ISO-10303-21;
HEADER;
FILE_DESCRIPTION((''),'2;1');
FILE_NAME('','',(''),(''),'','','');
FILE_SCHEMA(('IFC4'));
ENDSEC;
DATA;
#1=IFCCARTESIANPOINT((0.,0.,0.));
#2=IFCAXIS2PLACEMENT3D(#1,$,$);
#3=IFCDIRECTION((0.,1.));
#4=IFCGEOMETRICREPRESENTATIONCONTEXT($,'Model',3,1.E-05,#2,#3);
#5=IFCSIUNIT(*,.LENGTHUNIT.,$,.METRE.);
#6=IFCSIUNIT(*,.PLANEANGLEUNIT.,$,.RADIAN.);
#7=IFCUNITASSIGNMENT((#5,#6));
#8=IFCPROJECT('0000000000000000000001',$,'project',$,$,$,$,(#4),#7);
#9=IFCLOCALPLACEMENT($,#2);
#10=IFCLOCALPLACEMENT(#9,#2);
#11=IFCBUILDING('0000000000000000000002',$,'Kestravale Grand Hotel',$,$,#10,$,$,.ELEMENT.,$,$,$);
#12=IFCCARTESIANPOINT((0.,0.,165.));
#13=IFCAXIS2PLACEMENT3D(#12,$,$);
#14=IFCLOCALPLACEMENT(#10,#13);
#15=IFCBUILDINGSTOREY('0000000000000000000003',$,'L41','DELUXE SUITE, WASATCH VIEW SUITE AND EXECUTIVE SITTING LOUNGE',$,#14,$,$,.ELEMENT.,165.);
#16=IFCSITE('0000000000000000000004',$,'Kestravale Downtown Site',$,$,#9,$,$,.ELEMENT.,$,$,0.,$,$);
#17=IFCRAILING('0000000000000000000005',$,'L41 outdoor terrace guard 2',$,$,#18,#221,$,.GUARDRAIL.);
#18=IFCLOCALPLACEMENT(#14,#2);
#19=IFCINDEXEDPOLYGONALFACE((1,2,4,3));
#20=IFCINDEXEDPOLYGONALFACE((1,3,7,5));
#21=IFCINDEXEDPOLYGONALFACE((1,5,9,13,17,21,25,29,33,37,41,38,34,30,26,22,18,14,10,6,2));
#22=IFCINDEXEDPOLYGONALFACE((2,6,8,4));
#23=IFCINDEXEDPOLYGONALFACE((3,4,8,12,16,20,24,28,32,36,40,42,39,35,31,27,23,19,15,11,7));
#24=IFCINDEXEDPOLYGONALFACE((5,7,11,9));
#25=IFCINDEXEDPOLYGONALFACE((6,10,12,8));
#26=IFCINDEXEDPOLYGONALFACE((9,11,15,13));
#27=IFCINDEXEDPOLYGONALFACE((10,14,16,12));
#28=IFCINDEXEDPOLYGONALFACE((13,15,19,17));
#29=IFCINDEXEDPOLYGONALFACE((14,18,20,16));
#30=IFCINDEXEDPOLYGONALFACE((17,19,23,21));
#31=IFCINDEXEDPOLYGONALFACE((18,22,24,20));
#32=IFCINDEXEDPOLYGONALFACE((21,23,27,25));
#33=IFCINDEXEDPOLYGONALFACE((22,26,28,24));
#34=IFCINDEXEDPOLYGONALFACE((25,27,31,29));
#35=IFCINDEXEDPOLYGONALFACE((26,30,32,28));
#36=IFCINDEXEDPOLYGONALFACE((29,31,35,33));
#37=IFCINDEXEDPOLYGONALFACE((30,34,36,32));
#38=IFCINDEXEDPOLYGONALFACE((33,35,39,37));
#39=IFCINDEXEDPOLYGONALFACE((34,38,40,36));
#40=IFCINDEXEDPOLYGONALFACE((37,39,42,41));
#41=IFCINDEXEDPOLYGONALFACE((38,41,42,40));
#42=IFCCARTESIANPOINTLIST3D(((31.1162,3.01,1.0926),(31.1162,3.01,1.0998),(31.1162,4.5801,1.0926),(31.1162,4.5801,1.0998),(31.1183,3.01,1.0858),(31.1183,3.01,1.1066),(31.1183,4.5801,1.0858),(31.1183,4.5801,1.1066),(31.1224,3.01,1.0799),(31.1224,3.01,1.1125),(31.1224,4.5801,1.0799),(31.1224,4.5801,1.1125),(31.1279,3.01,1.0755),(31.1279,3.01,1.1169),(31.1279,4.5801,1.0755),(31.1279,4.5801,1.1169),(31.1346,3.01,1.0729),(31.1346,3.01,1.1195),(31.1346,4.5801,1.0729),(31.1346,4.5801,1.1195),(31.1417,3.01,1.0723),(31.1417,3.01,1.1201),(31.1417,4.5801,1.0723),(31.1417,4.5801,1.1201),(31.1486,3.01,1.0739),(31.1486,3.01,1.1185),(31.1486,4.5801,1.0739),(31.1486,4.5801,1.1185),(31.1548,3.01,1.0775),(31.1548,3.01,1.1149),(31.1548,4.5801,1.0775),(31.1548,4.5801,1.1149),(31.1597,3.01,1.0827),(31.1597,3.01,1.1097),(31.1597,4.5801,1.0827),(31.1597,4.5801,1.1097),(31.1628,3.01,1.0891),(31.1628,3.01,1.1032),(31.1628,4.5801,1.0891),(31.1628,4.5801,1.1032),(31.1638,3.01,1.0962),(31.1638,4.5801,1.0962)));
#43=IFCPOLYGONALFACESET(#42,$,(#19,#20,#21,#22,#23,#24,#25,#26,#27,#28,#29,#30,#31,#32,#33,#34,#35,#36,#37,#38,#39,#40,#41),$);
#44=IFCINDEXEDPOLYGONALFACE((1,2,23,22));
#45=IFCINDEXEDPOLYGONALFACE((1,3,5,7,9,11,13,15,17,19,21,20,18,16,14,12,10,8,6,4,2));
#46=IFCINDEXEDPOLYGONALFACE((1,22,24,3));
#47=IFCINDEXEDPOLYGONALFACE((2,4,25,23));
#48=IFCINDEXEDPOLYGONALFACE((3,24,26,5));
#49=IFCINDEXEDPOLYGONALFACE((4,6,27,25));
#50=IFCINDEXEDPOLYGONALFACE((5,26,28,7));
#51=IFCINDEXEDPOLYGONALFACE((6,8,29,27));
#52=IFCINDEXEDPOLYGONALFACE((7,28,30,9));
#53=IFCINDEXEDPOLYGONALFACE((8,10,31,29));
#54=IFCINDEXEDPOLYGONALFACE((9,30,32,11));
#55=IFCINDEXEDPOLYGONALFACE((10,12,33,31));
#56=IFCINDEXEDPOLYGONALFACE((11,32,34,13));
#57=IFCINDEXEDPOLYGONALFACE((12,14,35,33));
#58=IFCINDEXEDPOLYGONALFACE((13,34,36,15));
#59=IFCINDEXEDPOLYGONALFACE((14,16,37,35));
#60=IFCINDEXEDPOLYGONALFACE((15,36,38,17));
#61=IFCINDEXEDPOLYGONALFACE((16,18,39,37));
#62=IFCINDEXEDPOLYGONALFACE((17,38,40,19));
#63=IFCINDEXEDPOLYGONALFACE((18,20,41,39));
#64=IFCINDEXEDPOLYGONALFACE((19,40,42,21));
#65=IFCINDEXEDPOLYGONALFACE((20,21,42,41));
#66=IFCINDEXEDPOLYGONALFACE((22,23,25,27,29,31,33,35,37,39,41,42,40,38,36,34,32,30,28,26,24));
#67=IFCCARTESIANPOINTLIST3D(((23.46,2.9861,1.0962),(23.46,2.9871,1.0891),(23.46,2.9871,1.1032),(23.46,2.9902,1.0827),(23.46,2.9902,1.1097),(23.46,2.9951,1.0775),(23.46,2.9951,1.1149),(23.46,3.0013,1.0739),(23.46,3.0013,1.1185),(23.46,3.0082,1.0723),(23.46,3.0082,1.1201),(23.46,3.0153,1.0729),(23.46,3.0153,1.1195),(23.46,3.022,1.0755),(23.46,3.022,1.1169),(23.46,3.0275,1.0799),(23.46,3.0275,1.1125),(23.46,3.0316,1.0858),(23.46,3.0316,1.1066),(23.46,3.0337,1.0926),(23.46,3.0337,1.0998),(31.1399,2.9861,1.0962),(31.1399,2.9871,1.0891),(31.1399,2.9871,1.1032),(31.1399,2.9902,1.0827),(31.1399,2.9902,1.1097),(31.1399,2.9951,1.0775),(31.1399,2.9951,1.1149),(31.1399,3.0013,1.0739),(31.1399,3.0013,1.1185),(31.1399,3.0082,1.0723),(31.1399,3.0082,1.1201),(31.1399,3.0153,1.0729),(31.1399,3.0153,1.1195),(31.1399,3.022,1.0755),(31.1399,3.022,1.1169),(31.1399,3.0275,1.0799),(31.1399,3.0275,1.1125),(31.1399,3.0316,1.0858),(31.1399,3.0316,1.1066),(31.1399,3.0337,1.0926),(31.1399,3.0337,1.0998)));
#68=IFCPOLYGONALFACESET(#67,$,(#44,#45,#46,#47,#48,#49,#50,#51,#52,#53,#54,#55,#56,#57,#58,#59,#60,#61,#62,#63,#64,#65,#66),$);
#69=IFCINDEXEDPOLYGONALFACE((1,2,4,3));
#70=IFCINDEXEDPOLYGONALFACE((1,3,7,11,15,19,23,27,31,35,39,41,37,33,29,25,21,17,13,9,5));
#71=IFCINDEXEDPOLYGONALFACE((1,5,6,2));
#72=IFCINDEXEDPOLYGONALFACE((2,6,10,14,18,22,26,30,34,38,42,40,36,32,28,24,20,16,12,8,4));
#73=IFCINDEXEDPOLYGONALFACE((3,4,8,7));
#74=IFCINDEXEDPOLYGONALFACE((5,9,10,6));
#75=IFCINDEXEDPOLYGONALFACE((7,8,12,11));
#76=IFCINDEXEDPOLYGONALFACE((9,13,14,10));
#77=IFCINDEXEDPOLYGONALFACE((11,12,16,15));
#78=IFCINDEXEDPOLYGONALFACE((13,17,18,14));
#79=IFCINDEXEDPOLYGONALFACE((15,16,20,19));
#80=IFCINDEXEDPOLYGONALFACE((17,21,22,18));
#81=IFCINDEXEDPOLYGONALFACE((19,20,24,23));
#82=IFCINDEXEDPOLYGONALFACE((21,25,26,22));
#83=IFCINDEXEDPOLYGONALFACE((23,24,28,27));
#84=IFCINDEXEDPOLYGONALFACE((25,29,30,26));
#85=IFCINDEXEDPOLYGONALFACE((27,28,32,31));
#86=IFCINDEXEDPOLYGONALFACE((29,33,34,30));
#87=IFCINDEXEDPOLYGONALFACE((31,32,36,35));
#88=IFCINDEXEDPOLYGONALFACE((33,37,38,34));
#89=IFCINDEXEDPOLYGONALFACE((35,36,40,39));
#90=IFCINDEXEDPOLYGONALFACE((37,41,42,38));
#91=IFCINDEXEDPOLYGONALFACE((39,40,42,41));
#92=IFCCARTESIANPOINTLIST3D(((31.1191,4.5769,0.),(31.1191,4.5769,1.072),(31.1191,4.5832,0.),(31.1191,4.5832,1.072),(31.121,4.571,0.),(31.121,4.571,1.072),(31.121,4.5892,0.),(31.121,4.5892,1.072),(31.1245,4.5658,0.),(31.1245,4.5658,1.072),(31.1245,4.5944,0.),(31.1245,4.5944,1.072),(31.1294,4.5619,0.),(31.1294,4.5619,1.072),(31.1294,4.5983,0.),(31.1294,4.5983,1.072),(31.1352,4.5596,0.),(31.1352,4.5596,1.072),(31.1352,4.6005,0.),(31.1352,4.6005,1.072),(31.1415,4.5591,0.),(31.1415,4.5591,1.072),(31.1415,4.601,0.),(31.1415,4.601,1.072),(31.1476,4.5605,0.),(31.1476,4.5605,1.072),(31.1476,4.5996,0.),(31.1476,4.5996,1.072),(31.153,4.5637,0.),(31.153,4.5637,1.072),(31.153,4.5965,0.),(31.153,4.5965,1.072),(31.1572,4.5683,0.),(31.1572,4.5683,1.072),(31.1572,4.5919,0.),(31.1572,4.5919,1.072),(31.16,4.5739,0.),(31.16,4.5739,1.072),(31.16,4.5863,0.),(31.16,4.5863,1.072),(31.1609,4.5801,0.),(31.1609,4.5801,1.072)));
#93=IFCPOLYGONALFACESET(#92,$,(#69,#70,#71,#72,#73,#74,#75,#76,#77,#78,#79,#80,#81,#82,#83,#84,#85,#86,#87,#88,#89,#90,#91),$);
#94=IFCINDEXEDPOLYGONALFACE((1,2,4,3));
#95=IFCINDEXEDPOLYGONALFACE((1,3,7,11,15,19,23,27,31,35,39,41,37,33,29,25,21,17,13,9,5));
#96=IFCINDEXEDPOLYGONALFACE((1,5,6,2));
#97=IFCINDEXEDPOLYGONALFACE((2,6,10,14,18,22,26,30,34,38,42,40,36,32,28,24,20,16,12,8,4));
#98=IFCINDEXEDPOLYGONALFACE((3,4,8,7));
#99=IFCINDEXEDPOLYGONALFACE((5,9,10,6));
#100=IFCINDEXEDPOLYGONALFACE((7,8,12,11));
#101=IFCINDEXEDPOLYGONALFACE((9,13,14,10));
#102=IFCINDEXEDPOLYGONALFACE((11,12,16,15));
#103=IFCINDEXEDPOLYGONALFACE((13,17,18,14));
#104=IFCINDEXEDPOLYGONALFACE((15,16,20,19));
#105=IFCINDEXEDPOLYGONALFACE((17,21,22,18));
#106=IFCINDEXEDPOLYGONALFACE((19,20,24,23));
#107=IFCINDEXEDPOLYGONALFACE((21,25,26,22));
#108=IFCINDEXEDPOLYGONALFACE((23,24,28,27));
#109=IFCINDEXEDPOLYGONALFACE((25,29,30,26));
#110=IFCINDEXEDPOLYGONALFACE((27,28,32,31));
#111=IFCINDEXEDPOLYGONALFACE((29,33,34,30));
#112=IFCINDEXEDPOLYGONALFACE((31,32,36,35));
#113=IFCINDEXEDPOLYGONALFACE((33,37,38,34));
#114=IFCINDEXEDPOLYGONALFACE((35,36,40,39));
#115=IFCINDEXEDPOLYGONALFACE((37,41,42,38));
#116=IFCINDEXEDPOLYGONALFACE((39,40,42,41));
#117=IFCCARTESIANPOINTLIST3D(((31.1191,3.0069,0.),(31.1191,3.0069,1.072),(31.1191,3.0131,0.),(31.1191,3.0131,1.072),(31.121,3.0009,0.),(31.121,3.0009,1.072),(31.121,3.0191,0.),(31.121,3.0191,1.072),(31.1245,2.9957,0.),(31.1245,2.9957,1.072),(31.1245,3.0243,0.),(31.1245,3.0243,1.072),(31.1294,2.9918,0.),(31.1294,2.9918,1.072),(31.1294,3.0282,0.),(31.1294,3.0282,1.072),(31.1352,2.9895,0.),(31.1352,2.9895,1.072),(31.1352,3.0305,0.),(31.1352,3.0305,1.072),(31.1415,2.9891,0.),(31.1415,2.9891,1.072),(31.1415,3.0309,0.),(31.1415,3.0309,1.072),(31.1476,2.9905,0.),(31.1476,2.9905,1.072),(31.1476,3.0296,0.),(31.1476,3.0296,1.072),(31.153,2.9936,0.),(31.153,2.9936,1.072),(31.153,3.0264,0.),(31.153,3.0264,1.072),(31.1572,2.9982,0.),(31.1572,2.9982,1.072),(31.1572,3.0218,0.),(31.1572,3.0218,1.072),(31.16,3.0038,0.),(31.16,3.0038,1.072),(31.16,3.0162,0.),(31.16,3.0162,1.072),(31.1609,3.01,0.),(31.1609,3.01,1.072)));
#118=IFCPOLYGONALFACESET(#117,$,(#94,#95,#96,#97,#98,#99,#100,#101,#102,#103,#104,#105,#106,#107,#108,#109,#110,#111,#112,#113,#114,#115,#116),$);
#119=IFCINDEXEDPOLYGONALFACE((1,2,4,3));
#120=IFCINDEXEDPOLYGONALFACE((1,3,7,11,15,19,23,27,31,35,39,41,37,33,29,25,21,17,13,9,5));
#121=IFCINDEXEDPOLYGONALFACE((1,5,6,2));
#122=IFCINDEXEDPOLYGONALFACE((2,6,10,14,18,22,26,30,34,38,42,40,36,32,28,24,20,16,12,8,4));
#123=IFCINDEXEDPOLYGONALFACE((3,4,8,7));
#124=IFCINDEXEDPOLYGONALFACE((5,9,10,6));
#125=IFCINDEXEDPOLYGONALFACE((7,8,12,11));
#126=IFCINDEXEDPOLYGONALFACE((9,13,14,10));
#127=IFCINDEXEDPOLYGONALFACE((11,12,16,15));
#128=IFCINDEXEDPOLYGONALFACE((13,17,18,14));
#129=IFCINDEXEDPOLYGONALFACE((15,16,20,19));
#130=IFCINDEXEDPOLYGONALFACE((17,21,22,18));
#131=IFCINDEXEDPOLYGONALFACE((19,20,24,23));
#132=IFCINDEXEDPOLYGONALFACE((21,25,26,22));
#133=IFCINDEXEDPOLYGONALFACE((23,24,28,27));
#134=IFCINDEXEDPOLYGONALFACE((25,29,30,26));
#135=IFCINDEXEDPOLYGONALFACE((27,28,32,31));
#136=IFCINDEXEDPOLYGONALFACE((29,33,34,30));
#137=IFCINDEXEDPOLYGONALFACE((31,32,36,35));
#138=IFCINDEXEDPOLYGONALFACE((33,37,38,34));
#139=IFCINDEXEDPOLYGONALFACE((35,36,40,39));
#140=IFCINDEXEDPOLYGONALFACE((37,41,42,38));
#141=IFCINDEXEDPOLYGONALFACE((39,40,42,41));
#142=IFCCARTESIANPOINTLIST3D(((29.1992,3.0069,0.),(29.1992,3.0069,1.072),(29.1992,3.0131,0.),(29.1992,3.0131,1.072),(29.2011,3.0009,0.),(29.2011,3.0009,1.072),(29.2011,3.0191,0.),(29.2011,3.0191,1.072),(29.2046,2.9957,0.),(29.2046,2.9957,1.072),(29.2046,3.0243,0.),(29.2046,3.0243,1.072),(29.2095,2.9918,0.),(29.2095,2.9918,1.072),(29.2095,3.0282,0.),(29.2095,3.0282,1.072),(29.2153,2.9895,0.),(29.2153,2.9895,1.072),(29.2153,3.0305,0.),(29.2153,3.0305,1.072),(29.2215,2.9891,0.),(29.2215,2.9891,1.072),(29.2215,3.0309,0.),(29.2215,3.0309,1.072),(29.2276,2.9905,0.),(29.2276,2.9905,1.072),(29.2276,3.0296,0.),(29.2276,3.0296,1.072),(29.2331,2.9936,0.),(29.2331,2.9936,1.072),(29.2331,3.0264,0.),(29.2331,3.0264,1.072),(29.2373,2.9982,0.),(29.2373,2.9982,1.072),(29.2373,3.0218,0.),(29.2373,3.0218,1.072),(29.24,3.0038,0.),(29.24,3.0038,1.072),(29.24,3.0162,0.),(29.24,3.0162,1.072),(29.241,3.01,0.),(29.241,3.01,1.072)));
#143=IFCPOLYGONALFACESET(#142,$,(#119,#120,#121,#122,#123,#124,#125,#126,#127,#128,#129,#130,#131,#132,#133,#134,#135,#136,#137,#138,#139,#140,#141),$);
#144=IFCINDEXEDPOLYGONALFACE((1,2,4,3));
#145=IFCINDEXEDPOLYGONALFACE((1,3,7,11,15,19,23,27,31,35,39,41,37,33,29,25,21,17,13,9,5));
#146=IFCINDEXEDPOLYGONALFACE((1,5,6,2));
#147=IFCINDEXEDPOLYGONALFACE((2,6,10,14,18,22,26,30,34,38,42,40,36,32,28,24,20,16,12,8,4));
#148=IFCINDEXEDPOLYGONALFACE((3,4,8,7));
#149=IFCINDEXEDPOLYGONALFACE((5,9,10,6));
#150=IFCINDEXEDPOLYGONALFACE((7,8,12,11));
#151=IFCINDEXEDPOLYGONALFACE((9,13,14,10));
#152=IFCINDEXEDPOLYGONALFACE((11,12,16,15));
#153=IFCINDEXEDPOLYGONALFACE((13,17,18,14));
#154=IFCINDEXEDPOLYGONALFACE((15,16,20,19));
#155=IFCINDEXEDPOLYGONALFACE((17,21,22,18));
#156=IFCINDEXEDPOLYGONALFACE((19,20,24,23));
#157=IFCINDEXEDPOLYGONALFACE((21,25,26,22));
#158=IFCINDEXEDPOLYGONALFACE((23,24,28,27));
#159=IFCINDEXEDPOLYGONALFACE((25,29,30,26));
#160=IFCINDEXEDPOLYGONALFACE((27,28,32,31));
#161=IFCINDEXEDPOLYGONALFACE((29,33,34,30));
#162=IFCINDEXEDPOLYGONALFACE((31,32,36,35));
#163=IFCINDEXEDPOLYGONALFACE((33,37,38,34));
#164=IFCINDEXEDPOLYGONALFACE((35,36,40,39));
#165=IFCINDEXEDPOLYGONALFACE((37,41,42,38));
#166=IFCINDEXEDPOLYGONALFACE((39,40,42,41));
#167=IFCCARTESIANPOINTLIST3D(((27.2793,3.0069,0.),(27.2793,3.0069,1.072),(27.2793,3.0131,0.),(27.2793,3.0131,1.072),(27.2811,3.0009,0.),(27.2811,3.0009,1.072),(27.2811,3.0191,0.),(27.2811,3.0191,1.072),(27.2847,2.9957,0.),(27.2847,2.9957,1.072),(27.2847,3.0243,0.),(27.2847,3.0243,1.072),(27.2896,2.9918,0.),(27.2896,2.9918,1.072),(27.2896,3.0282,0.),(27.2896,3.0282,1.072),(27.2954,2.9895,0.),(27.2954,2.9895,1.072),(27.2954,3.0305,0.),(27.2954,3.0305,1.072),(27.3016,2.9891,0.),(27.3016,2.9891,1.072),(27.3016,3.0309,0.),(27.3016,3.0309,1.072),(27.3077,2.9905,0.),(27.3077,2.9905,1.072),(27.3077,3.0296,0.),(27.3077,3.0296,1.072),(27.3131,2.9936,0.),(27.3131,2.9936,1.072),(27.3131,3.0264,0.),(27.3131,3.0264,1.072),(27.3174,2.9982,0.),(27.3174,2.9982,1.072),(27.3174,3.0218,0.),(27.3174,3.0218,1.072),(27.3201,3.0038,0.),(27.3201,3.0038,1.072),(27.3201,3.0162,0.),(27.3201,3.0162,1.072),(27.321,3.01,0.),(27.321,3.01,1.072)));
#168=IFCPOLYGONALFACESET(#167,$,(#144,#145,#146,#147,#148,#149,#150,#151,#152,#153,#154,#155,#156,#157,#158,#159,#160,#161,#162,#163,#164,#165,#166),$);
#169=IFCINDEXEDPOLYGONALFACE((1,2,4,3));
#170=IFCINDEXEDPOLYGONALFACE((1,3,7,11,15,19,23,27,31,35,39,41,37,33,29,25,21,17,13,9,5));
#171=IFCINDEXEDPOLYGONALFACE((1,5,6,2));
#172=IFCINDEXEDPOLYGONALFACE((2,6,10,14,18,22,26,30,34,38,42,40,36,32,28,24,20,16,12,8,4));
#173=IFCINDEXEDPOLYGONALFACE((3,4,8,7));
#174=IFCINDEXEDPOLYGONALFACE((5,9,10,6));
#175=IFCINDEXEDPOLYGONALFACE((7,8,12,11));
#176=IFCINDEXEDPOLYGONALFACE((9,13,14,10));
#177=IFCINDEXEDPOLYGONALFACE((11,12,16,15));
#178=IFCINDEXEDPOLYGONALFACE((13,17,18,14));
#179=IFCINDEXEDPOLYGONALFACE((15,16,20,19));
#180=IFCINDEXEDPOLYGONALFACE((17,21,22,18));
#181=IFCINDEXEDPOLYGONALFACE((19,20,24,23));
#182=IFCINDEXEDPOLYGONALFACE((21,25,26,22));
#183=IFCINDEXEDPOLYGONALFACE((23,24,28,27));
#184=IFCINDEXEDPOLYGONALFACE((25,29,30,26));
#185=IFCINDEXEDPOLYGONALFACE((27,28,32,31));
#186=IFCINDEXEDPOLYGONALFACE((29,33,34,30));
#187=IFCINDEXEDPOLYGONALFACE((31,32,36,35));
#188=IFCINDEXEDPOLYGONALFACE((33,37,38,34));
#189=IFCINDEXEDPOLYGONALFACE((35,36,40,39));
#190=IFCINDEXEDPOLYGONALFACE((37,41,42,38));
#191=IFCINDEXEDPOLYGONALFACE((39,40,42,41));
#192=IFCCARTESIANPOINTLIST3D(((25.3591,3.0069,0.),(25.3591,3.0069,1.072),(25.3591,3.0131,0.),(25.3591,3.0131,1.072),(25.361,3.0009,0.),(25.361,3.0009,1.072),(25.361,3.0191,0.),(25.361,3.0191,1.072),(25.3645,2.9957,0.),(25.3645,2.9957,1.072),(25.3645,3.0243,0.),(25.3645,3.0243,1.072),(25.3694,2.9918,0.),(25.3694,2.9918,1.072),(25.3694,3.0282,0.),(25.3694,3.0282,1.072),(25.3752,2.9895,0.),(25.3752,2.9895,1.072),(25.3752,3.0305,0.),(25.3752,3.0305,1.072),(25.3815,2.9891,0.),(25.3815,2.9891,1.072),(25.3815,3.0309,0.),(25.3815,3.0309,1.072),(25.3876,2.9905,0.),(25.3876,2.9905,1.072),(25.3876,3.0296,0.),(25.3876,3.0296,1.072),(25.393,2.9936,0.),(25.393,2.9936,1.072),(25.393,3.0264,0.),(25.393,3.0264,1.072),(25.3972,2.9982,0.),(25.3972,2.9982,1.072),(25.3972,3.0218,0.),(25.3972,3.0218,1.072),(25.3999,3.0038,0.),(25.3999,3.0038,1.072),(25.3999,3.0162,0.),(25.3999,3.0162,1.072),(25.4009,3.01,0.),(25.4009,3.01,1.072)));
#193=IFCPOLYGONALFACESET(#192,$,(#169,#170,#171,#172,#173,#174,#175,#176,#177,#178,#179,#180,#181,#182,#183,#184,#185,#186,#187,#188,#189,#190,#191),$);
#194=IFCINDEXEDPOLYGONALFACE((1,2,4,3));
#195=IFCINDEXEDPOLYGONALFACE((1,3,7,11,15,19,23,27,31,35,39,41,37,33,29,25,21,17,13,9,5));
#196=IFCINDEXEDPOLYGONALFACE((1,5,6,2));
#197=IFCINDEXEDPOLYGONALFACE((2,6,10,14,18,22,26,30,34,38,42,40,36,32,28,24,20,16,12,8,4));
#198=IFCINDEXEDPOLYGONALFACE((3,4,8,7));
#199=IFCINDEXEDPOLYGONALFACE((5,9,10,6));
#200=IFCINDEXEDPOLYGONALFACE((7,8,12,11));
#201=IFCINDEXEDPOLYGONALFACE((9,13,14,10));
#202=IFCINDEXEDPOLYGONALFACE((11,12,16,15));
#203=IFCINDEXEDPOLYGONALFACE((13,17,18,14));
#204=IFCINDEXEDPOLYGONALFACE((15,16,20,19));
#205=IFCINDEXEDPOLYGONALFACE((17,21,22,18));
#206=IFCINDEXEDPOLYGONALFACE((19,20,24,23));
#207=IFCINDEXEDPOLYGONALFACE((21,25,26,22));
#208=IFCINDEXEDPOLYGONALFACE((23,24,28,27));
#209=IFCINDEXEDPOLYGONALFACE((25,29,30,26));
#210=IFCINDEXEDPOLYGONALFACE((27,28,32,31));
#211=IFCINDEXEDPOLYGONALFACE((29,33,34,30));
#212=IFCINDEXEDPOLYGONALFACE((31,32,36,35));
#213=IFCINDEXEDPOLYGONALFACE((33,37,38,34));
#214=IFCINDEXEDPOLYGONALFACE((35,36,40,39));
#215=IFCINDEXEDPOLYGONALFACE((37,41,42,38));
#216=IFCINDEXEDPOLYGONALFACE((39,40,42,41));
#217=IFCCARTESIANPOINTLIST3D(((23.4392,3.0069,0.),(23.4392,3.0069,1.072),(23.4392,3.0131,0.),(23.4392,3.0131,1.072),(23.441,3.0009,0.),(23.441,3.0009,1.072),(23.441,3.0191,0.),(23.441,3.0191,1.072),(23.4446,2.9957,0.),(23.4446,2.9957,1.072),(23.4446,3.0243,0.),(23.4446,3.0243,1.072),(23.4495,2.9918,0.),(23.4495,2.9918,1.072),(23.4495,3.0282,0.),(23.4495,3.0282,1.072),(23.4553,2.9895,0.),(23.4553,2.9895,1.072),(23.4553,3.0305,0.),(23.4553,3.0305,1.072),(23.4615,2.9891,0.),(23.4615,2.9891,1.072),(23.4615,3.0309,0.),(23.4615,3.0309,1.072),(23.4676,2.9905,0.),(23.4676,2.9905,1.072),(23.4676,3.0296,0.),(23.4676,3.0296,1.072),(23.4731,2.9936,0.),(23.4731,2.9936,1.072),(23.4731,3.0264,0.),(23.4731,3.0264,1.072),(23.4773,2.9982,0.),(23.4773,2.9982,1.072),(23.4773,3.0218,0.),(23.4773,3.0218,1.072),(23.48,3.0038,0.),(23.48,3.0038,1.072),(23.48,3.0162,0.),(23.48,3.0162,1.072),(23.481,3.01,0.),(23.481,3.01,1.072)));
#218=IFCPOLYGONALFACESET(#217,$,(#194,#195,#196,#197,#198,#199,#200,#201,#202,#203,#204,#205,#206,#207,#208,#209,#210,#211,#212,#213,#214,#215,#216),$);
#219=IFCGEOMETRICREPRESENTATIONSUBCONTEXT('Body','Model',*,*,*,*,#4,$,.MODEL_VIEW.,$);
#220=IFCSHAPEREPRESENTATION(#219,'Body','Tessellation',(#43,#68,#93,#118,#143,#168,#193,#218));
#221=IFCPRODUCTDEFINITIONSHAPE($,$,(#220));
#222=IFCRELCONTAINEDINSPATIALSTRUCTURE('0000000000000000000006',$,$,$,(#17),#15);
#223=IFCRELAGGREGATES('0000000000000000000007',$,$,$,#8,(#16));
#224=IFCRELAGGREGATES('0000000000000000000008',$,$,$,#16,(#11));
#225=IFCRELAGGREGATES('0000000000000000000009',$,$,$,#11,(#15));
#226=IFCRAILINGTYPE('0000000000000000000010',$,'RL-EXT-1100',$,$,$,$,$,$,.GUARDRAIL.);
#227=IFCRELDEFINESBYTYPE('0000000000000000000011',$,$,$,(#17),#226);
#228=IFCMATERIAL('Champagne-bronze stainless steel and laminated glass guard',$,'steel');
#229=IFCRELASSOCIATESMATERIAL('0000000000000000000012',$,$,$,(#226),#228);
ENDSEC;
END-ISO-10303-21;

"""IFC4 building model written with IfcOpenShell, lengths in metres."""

from ifc_helpers import new_model, si_unit, direction, frame, origin, origin_2d, place, context, subcontext, project, spatial, circle, extrude, material, type_object, element, save


model = new_model("IFC4")

# Units and contexts
model_context = context("Model", 3, precision=1e-05, world=origin(), true_north=direction((0.0, 1.0)))
body_context = subcontext(model_context, "Body", "Model", "MODEL_VIEW")
ifc_project = project(units=[si_unit("LENGTHUNIT", "METRE"), si_unit("PLANEANGLEUNIT", "RADIAN")], contexts=[model_context])

# Site, building, storey
site_placement = place(None, origin())
site = spatial("IfcSite", under=ifc_project, at=site_placement, Name="Kestravale Downtown Site", CompositionType="ELEMENT", RefElevation=0.0)
building_placement = place(site_placement, origin())
building = spatial("IfcBuilding", under=site, at=building_placement, Name="Kestravale Grand Hotel", CompositionType="ELEMENT")
storey_placement = place(building_placement, frame((0.0, 0.0, 165.0)))
storey = spatial("IfcBuildingStorey", under=building, at=storey_placement, Name="L41", Description="DELUXE SUITE, WASATCH VIEW SUITE AND EXECUTIVE SITTING LOUNGE", CompositionType="ELEMENT", Elevation=165.0)

# Railing
ifc_material_1 = material(Name="Champagne-bronze stainless steel and laminated glass guard", Category="steel")
railing_type = type_object("IfcRailingType", Name="RL-EXT-1100", PredefinedType="GUARDRAIL", material=ifc_material_1)
railing_1_placement = place(storey_placement, frame((31.1399, 4.5801, 0.0)))
element("IfcRailing", 1, at=railing_1_placement, inside=storey, type_object=railing_type, Name="L41 outdoor terrace guard 2", PredefinedType="GUARDRAIL", context=body_context, shape_type="SweptSolid", body=[
    extrude(circle(Radius=0.0239, at=origin_2d()), frame((0.0, 0.0, 1.0962), z_axis=(0.0, -1.0, 0.0), x_axis=(1.0, 0.0, 0.0)), (0.0, 0.0, 1.0), 1.5701),
    extrude(circle(Radius=0.0239, at=origin_2d()), frame((0.0, -1.5701, 1.0962), z_axis=(-1.0, 0.0, 0.0), x_axis=(0.0, -1.0, 0.0)), (0.0, 0.0, 1.0), 7.6799),
    extrude(circle(Radius=0.021, at=origin_2d()), origin(), (0.0, 0.0, 1.0), 1.072),
    extrude(circle(Radius=0.021, at=origin_2d()), frame((0.0, -1.5701, 0.0)), (0.0, 0.0, 1.0), 1.072),
    extrude(circle(Radius=0.021, at=origin_2d()), frame((-1.9199, -1.5701, 0.0)), (0.0, 0.0, 1.0), 1.072),
    extrude(circle(Radius=0.021, at=origin_2d()), frame((-3.8398, -1.5701, 0.0)), (0.0, 0.0, 1.0), 1.072),
    extrude(circle(Radius=0.021, at=origin_2d()), frame((-5.76, -1.5701, 0.0)), (0.0, 0.0, 1.0), 1.072),
    extrude(circle(Radius=0.021, at=origin_2d()), frame((-7.6799, -1.5701, 0.0)), (0.0, 0.0, 1.0), 1.072),
])

save(model, "model.ifc")
